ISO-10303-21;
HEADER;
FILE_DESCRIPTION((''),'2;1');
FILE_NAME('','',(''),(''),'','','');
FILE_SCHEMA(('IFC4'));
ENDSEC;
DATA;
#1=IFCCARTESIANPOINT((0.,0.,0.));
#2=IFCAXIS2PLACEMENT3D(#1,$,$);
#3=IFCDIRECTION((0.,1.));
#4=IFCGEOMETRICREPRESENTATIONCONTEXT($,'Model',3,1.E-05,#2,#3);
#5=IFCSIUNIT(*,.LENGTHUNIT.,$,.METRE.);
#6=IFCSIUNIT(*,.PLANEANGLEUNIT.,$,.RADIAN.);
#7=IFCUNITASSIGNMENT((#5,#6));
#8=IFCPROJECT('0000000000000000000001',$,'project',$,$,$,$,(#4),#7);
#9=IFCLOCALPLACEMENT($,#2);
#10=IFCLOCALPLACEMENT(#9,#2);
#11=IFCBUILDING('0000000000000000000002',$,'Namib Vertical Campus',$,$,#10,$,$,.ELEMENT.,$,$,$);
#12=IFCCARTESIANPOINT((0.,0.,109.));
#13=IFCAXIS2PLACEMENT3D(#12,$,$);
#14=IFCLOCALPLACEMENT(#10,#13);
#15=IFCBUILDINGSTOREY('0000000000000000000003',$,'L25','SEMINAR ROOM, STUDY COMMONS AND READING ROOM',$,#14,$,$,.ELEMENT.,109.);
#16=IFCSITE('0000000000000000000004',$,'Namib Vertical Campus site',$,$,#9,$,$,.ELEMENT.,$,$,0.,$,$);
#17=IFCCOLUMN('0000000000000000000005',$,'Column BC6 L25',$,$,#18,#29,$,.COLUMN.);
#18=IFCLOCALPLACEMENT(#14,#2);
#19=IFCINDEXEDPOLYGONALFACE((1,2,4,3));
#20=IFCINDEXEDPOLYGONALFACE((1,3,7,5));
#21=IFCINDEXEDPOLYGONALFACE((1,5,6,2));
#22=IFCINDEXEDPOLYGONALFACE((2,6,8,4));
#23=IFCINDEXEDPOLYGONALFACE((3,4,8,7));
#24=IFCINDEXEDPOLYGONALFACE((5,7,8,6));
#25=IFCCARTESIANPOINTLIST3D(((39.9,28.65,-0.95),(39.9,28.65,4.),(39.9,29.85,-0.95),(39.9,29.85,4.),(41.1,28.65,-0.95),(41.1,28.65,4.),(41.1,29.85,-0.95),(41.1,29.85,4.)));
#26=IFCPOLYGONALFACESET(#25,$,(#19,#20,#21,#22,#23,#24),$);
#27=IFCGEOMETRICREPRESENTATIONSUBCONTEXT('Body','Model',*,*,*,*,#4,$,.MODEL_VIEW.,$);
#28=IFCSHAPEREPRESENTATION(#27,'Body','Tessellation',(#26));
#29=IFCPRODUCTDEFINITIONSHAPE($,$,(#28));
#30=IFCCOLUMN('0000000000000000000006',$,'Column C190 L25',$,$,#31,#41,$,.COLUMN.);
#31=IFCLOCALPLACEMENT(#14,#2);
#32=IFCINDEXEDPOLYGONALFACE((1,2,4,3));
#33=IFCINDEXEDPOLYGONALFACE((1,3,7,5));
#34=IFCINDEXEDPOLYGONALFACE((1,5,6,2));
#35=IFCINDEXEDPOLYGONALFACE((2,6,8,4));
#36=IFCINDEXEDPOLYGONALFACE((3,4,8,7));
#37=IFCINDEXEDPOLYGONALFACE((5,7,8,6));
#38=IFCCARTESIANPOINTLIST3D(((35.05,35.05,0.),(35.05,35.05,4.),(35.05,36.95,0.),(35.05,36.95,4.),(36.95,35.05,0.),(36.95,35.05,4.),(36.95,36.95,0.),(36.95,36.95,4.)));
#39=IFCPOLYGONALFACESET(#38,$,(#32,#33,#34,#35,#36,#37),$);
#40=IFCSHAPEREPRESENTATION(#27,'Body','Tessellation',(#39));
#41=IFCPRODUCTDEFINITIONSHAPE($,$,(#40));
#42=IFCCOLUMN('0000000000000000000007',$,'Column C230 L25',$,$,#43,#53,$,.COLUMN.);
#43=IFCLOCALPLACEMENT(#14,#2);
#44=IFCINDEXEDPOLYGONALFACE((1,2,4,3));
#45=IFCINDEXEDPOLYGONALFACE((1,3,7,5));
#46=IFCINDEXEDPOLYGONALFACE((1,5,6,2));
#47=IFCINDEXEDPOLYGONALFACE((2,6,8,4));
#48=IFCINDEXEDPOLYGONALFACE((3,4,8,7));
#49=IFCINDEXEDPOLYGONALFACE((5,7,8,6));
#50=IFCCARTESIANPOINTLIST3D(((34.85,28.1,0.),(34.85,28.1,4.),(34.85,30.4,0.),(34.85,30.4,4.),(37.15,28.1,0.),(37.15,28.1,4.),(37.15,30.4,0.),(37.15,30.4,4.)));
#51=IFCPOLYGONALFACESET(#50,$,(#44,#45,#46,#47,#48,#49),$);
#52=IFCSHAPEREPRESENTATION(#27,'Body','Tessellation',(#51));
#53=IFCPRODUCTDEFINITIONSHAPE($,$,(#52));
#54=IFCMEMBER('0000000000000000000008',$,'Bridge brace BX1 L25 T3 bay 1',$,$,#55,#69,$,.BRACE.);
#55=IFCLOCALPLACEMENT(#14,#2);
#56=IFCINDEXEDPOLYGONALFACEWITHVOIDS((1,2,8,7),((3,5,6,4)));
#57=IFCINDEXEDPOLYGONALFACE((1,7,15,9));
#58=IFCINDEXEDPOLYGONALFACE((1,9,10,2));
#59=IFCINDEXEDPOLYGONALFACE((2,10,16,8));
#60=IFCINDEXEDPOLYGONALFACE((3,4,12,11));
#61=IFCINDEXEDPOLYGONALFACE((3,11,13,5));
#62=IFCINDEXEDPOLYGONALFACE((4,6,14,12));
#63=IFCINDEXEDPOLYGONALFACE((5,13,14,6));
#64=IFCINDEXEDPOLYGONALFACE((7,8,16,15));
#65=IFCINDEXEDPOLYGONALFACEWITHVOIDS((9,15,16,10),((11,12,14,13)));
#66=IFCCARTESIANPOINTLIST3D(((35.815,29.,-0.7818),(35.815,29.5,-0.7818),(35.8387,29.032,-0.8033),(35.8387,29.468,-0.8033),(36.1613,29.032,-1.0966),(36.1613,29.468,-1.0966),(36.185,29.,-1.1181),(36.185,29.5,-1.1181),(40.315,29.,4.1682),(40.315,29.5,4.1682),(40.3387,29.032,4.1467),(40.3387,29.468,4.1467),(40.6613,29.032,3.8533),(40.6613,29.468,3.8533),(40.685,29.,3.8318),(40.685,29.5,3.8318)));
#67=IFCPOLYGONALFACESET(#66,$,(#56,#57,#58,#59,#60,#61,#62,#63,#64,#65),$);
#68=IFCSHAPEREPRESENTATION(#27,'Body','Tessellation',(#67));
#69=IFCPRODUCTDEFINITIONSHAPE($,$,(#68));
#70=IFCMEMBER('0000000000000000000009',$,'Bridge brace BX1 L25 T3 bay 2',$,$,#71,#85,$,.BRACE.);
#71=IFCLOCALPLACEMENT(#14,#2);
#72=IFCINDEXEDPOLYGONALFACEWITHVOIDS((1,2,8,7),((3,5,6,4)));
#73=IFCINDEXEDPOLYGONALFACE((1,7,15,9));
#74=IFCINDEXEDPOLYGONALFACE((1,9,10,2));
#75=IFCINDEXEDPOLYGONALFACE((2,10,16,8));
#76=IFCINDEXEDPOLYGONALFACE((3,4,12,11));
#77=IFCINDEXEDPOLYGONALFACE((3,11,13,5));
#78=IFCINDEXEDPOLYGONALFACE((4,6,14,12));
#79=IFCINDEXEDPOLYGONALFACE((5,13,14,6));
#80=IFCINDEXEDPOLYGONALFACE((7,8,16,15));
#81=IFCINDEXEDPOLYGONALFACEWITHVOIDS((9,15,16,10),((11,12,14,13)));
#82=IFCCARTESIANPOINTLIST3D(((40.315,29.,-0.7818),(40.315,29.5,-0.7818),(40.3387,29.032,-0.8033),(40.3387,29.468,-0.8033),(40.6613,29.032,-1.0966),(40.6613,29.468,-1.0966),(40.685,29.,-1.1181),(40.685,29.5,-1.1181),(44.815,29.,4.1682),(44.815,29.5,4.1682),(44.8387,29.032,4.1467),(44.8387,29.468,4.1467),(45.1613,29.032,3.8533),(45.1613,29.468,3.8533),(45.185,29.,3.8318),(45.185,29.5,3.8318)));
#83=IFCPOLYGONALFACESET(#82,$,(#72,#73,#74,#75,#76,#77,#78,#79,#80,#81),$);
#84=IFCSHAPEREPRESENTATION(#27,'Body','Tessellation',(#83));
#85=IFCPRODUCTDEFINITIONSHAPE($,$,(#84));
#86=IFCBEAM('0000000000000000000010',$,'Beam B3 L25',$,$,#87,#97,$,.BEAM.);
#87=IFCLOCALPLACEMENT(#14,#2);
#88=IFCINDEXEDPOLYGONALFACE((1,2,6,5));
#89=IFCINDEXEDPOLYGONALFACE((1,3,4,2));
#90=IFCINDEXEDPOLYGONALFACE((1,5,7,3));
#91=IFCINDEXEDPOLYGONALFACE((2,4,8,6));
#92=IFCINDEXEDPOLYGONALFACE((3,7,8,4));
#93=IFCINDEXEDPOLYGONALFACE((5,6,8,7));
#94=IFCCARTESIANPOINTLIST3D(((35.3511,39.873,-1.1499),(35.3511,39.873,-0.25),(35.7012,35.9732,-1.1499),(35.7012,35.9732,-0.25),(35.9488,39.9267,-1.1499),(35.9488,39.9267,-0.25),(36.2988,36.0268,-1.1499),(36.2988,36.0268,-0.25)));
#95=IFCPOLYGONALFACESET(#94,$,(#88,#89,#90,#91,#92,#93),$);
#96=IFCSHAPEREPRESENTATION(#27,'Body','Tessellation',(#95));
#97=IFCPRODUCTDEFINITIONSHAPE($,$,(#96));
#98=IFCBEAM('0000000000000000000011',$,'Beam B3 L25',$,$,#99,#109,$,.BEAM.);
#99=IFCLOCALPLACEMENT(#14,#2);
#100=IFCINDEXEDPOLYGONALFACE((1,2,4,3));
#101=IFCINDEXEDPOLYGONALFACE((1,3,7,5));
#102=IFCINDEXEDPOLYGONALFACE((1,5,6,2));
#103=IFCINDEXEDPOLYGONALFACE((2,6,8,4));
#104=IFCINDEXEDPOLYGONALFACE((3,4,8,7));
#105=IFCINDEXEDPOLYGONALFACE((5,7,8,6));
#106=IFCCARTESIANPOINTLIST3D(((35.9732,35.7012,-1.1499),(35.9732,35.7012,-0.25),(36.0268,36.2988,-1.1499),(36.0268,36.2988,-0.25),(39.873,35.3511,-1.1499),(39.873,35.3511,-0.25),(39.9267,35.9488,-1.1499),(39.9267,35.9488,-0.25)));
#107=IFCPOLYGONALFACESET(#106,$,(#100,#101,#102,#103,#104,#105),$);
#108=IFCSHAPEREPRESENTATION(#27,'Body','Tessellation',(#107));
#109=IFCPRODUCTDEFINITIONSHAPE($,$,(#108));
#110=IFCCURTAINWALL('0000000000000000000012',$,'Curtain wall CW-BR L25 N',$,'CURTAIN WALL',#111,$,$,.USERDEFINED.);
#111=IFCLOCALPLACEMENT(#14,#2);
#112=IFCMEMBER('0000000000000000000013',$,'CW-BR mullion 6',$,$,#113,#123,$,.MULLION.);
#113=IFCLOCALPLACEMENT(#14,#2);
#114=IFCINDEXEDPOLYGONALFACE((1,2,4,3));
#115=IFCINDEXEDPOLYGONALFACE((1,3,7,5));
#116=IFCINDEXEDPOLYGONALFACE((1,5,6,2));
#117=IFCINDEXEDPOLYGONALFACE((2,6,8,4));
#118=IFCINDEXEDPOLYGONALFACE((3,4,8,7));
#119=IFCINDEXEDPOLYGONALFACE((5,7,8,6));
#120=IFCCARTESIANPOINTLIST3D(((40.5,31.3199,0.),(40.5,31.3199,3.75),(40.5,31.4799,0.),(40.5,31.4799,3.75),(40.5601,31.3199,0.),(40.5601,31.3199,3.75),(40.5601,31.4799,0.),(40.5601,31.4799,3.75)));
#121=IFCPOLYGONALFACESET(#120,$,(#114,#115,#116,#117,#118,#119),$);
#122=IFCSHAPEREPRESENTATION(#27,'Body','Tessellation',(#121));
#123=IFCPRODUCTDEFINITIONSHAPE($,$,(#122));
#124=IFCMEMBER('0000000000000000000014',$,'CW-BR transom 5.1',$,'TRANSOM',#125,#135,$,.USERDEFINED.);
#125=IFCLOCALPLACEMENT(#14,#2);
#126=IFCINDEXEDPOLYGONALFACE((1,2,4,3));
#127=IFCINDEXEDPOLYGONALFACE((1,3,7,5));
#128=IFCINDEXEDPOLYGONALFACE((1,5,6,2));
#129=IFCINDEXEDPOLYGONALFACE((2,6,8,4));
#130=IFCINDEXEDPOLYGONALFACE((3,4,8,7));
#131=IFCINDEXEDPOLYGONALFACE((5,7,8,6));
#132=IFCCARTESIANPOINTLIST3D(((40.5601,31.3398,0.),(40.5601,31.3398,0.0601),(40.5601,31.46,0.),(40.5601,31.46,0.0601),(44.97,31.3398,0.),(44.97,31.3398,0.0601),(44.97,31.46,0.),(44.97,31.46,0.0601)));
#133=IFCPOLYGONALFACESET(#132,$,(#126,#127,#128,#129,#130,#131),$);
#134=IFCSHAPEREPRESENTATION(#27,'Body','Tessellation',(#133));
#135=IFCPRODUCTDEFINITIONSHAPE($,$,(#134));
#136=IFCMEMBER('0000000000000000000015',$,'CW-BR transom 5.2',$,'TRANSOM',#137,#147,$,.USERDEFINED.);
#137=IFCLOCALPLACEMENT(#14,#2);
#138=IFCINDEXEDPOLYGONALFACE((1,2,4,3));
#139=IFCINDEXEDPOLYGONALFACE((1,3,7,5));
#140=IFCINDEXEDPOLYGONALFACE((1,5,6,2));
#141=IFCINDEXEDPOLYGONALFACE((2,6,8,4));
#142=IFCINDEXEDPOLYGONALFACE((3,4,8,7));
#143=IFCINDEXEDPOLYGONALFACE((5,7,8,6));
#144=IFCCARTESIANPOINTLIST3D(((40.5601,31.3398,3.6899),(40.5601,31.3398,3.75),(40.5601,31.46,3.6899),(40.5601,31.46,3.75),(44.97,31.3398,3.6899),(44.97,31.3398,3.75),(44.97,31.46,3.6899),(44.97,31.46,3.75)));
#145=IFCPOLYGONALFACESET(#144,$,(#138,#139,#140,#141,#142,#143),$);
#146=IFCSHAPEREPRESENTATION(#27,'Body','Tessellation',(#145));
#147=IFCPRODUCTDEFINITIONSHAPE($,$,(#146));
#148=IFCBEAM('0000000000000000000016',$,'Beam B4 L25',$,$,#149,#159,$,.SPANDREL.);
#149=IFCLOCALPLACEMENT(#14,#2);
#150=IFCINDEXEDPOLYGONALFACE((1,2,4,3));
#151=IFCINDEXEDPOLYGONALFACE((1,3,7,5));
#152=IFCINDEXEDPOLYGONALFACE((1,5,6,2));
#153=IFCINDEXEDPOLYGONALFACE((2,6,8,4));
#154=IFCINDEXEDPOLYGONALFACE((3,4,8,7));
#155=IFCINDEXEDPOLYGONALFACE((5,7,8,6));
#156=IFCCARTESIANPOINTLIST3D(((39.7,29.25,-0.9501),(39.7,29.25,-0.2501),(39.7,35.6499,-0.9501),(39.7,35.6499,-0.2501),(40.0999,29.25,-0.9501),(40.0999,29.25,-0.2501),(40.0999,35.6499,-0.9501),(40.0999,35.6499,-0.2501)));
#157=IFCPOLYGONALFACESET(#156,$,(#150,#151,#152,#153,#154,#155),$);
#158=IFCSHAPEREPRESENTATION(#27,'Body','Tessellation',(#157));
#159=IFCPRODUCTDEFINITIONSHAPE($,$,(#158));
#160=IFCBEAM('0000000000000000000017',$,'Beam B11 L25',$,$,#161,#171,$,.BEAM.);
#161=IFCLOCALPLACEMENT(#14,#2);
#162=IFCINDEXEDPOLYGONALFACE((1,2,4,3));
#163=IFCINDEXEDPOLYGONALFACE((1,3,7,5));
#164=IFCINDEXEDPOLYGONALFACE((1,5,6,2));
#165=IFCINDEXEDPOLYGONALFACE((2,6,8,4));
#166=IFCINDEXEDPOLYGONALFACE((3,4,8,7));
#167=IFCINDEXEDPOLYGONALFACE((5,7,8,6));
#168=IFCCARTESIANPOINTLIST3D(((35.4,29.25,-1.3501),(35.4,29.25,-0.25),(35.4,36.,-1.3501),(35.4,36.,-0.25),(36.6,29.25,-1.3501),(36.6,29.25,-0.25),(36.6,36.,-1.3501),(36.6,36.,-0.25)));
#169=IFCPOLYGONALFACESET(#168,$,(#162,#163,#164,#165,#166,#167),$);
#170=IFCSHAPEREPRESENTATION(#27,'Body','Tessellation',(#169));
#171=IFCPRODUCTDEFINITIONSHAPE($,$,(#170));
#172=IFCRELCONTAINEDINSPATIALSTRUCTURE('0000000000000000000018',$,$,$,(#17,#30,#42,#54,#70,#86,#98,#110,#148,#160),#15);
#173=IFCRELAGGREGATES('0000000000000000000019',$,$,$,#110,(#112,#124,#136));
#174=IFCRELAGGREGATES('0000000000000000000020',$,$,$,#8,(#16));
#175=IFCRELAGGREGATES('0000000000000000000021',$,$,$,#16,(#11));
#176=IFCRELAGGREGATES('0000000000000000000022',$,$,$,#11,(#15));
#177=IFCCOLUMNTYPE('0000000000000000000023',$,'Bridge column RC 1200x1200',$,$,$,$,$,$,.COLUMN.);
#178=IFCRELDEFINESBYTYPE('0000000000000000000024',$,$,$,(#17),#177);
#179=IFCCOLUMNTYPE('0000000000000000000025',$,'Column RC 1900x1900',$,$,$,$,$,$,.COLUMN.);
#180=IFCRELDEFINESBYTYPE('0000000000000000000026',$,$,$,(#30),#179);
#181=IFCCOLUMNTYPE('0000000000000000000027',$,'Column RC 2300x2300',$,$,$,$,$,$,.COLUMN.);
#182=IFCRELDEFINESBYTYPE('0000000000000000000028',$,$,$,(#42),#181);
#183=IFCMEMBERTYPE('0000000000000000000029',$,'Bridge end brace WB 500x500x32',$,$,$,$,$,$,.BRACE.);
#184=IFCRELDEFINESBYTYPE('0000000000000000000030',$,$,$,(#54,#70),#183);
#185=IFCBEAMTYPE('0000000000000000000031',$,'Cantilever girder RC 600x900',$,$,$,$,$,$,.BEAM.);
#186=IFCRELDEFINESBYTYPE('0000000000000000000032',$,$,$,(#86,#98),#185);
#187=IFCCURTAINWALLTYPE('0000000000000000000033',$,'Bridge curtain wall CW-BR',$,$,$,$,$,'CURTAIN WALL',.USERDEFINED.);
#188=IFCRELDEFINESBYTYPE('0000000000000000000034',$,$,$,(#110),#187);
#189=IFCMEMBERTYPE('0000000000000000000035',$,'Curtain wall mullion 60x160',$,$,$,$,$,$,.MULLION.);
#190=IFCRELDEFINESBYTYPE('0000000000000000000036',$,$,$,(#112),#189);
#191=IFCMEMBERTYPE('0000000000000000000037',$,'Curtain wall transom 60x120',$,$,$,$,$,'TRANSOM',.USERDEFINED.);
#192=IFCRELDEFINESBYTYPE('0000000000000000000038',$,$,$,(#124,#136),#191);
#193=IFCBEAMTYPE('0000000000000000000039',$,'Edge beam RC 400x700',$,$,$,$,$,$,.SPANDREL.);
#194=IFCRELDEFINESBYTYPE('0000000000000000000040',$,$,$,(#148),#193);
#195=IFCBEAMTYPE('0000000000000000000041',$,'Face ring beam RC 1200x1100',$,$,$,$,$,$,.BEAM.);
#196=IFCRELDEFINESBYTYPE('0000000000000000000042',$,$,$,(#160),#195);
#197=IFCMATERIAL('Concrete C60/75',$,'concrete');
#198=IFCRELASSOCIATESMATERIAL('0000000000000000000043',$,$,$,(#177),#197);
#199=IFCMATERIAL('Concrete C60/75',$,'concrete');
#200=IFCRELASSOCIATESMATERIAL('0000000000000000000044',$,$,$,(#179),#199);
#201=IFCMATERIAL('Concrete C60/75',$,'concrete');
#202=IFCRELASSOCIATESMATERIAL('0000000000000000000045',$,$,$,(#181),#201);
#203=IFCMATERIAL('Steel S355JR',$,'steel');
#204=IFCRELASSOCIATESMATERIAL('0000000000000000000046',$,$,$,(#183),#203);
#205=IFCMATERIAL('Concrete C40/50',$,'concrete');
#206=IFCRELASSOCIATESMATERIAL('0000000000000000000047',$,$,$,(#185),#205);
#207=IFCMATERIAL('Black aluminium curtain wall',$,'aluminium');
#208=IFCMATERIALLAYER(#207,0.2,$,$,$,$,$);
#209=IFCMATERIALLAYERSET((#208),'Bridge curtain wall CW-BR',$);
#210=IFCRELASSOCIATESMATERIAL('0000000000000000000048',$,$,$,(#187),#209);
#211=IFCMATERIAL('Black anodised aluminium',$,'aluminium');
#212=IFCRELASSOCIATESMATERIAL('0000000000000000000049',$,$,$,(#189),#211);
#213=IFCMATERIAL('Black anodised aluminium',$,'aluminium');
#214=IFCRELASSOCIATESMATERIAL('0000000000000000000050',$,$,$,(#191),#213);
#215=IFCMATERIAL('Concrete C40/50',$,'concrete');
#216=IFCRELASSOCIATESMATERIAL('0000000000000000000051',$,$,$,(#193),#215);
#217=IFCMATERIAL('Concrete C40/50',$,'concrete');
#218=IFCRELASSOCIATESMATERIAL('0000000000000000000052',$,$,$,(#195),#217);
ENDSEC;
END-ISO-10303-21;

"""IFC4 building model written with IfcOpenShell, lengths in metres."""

from ifc_helpers import new_model, si_unit, direction, frame, origin, origin_2d, place, context, subcontext, project, spatial, rectangle, hollow_rectangle, extrude, material, layer, layer_set, material_profile, profile_set, type_object, element, aggregate, save


model = new_model("IFC4")

# Units and contexts
model_context = context("Model", 3, precision=1e-05, world=origin(), true_north=direction((0.0, 1.0)))
body_context = subcontext(model_context, "Body", "Model", "MODEL_VIEW")
ifc_project = project(units=[si_unit("LENGTHUNIT", "METRE"), si_unit("PLANEANGLEUNIT", "RADIAN")], contexts=[model_context])

# Site, building, storey
site_placement = place(None, origin())
site = spatial("IfcSite", under=ifc_project, at=site_placement, Name="Namib Vertical Campus site", CompositionType="ELEMENT", RefElevation=0.0)
building_placement = place(site_placement, origin())
building = spatial("IfcBuilding", under=site, at=building_placement, Name="Namib Vertical Campus", CompositionType="ELEMENT")
storey_placement = place(building_placement, frame((0.0, 0.0, 109.0)))
storey = spatial("IfcBuildingStorey", under=building, at=storey_placement, Name="L25", Description="SEMINAR ROOM, STUDY COMMONS AND READING ROOM", CompositionType="ELEMENT", Elevation=109.0)

# Columns
ifc_material_1 = material(Name="Concrete C60/75", Category="concrete")
ifc_material_profile_1 = material_profile(ifc_material_1, rectangle(XDim=1.2, YDim=1.2, at=origin_2d()))
ifc_profile_set_1 = profile_set([ifc_material_profile_1], Name="Concrete C60/75")
column_type_1 = type_object("IfcColumnType", Name="Bridge column RC 1200x1200", PredefinedType="COLUMN", material=ifc_profile_set_1)
column_1_placement = place(storey_placement, frame((40.5, 29.25, -0.95), z_axis=(0.0, 0.0, 1.0), x_axis=(1.0, 0.0, 0.0)))
element("IfcColumn", 1, at=column_1_placement, inside=storey, type_object=column_type_1, Name="Column BC6 L25", PredefinedType="COLUMN", context=body_context, shape_type="SweptSolid", body=[
    extrude(rectangle(XDim=1.2, YDim=1.2, at=origin_2d()), origin(), (0.0, 0.0, 1.0), 4.95),
])
ifc_material_2 = material(Name="Concrete C60/75", Category="concrete")
ifc_material_profile_2 = material_profile(ifc_material_2, rectangle(XDim=1.8999, YDim=1.8999, at=origin_2d()))
ifc_profile_set_2 = profile_set([ifc_material_profile_2], Name="Concrete C60/75")
column_type_2 = type_object("IfcColumnType", Name="Column RC 1900x1900", PredefinedType="COLUMN", material=ifc_profile_set_2)
column_2_placement = place(storey_placement, frame((36.0, 36.0, 0.0), z_axis=(0.0, 0.0, 1.0), x_axis=(1.0, 0.0, 0.0)))
element("IfcColumn", 2, at=column_2_placement, inside=storey, type_object=column_type_2, Name="Column C190 L25", PredefinedType="COLUMN", context=body_context, shape_type="SweptSolid", body=[
    extrude(rectangle(XDim=1.8999, YDim=1.8999, at=origin_2d()), origin(), (0.0, 0.0, 1.0), 4.0),
])
ifc_material_3 = material(Name="Concrete C60/75", Category="concrete")
ifc_material_profile_3 = material_profile(ifc_material_3, rectangle(XDim=2.3, YDim=2.3, at=origin_2d()))
ifc_profile_set_3 = profile_set([ifc_material_profile_3], Name="Concrete C60/75")
column_type_3 = type_object("IfcColumnType", Name="Column RC 2300x2300", PredefinedType="COLUMN", material=ifc_profile_set_3)
column_3_placement = place(storey_placement, frame((36.0, 29.25, 0.0), z_axis=(0.0, 0.0, 1.0), x_axis=(1.0, 0.0, 0.0)))
element("IfcColumn", 3, at=column_3_placement, inside=storey, type_object=column_type_3, Name="Column C230 L25", PredefinedType="COLUMN", context=body_context, shape_type="SweptSolid", body=[
    extrude(rectangle(XDim=2.3, YDim=2.3, at=origin_2d()), origin(), (0.0, 0.0, 1.0), 4.0),
])

# Members
ifc_material_4 = material(Name="Steel S355JR", Category="steel")
ifc_material_profile_4 = material_profile(ifc_material_4, hollow_rectangle(XDim=0.5, YDim=0.5, WallThickness=0.032, at=origin_2d()))
ifc_profile_set_4 = profile_set([ifc_material_profile_4], Name="Steel S355JR")
member_type_1 = type_object("IfcMemberType", Name="Bridge end brace WB 500x500x32", PredefinedType="BRACE", material=ifc_profile_set_4)
for number, where, z_axis, x_axis, name in (
    (4, (36.0, 29.25, -0.95), (0.672676, 0.0, 0.739937), (0.0, 1.0, 0.0), "Bridge brace BX1 L25 T3 bay 1"),
    (5, (40.5, 29.25, -0.95), (0.672676, 0.0, 0.739937), (0.0, 1.0, 0.0), "Bridge brace BX1 L25 T3 bay 2"),
):
    element("IfcMember", number, at=place(storey_placement, frame(where, z_axis=z_axis, x_axis=x_axis)), inside=storey, type_object=member_type_1, Name=name, PredefinedType="BRACE", context=body_context, shape_type="SweptSolid", body=[
        extrude(hollow_rectangle(XDim=0.5, YDim=0.5, WallThickness=0.032, at=origin_2d()), origin(), (0.0, 0.0, 1.0), 6.6897),
    ])

# Beams
ifc_material_5 = material(Name="Concrete C40/50", Category="concrete")
ifc_material_profile_5 = material_profile(ifc_material_5, rectangle(XDim=0.6001, YDim=0.8999, at=origin_2d()))
ifc_profile_set_5 = profile_set([ifc_material_profile_5], Name="Concrete C40/50")
beam_type_1 = type_object("IfcBeamType", Name="Cantilever girder RC 600x900", PredefinedType="BEAM", material=ifc_profile_set_5)
for number, where, z_axis, x_axis, name in (
    (6, (36.0, 36.0, -0.7), (-0.089411, 0.995995, 0.0), (-0.995995, -0.089411, 0.0), "Beam B3 L25"),
    (7, (36.0, 36.0, -0.7), (0.995995, -0.089411, 0.0), (0.089411, 0.995995, 0.0), "Beam B3 L25"),
):
    element("IfcBeam", number, at=place(storey_placement, frame(where, z_axis=z_axis, x_axis=x_axis)), inside=storey, type_object=beam_type_1, Name=name, PredefinedType="BEAM", context=body_context, shape_type="SweptSolid", body=[
        extrude(rectangle(XDim=0.6001, YDim=0.8999, at=origin_2d()), origin(), (0.0, 0.0, 1.0), 3.9155),
    ])

# Curtain wall, members
ifc_material_6 = material(Name="Black aluminium curtain wall", Category="aluminium")
ifc_layer_1 = layer(ifc_material_6, 0.2)
ifc_layer_set_1 = layer_set([ifc_layer_1], Name="Bridge curtain wall CW-BR")
curtain_wall_type = type_object("IfcCurtainWallType", Name="Bridge curtain wall CW-BR", ElementType="CURTAIN WALL", PredefinedType="USERDEFINED", material=ifc_layer_set_1)
curtain_wall_placement = place(storey_placement, origin())
curtain_wall = element("IfcCurtainWall", 8, at=curtain_wall_placement, inside=storey, type_object=curtain_wall_type, Name="Curtain wall CW-BR L25 N", ObjectType="CURTAIN WALL", PredefinedType="USERDEFINED")
ifc_material_7 = material(Name="Black anodised aluminium", Category="aluminium")
ifc_material_profile_6 = material_profile(ifc_material_7, rectangle(XDim=0.0601, YDim=0.1599, at=origin_2d()))
ifc_profile_set_6 = profile_set([ifc_material_profile_6], Name="Black anodised aluminium")
member_type_2 = type_object("IfcMemberType", Name="Curtain wall mullion 60x160", PredefinedType="MULLION", material=ifc_profile_set_6)
member_1_placement = place(storey_placement, frame((40.53, 31.3999, 0.0), z_axis=(0.0, 0.0, 1.0), x_axis=(-1.0, 0.0, 0.0)))
member_1 = element("IfcMember", 9, at=member_1_placement, type_object=member_type_2, Name="CW-BR mullion 6", PredefinedType="MULLION", context=body_context, shape_type="SweptSolid", body=[
    extrude(rectangle(XDim=0.0601, YDim=0.1599, at=origin_2d()), origin(), (0.0, 0.0, 1.0), 3.75),
])
ifc_material_8 = material(Name="Black anodised aluminium", Category="aluminium")
ifc_material_profile_7 = material_profile(ifc_material_8, rectangle(XDim=0.0601, YDim=0.1201, at=origin_2d()))
ifc_profile_set_7 = profile_set([ifc_material_profile_7], Name="Black anodised aluminium")
member_type_3 = type_object("IfcMemberType", Name="Curtain wall transom 60x120", ElementType="TRANSOM", PredefinedType="USERDEFINED", material=ifc_profile_set_7)
member_2_placement = place(storey_placement, frame((44.97, 31.3999, 0.03), z_axis=(-1.0, 0.0, 0.0), x_axis=(0.0, 0.0, 1.0)))
member_2 = element("IfcMember", 10, at=member_2_placement, type_object=member_type_3, Name="CW-BR transom 5.1", ObjectType="TRANSOM", PredefinedType="USERDEFINED", context=body_context, shape_type="SweptSolid", body=[
    extrude(rectangle(XDim=0.0601, YDim=0.1201, at=origin_2d()), origin(), (0.0, 0.0, 1.0), 4.4099),
])
member_3_placement = place(storey_placement, frame((44.97, 31.3999, 3.72), z_axis=(-1.0, 0.0, 0.0), x_axis=(0.0, 0.0, 1.0)))
member_3 = element("IfcMember", 11, at=member_3_placement, type_object=member_type_3, Name="CW-BR transom 5.2", ObjectType="TRANSOM", PredefinedType="USERDEFINED", context=body_context, shape_type="SweptSolid", body=[
    extrude(rectangle(XDim=0.0601, YDim=0.1201, at=origin_2d()), origin(), (0.0, 0.0, 1.0), 4.4099),
])

# Beams
ifc_material_9 = material(Name="Concrete C40/50", Category="concrete")
ifc_material_profile_8 = material_profile(ifc_material_9, rectangle(XDim=0.3999, YDim=0.7, at=origin_2d()))
ifc_profile_set_8 = profile_set([ifc_material_profile_8], Name="Concrete C40/50")
beam_type_2 = type_object("IfcBeamType", Name="Edge beam RC 400x700", PredefinedType="SPANDREL", material=ifc_profile_set_8)
beam_1_placement = place(storey_placement, frame((39.8999, 29.25, -0.6001), z_axis=(0.0, 1.0, 0.0), x_axis=(-1.0, 0.0, 0.0)))
element("IfcBeam", 12, at=beam_1_placement, inside=storey, type_object=beam_type_2, Name="Beam B4 L25", PredefinedType="SPANDREL", context=body_context, shape_type="SweptSolid", body=[
    extrude(rectangle(XDim=0.3999, YDim=0.7, at=origin_2d()), origin(), (0.0, 0.0, 1.0), 6.3999),
])
ifc_material_10 = material(Name="Concrete C40/50", Category="concrete")
ifc_material_profile_9 = material_profile(ifc_material_10, rectangle(XDim=1.2, YDim=1.1001, at=origin_2d()))
ifc_profile_set_9 = profile_set([ifc_material_profile_9], Name="Concrete C40/50")
beam_type_3 = type_object("IfcBeamType", Name="Face ring beam RC 1200x1100", PredefinedType="BEAM", material=ifc_profile_set_9)
beam_2_placement = place(storey_placement, frame((36.0, 29.25, -0.8), z_axis=(0.0, 1.0, 0.0), x_axis=(-1.0, 0.0, 0.0)))
element("IfcBeam", 13, at=beam_2_placement, inside=storey, type_object=beam_type_3, Name="Beam B11 L25", PredefinedType="BEAM", context=body_context, shape_type="SweptSolid", body=[
    extrude(rectangle(XDim=1.2, YDim=1.1001, at=origin_2d()), origin(), (0.0, 0.0, 1.0), 6.75),
])

aggregate(curtain_wall, [member_1, member_2, member_3])

save(model, "model.ifc")
